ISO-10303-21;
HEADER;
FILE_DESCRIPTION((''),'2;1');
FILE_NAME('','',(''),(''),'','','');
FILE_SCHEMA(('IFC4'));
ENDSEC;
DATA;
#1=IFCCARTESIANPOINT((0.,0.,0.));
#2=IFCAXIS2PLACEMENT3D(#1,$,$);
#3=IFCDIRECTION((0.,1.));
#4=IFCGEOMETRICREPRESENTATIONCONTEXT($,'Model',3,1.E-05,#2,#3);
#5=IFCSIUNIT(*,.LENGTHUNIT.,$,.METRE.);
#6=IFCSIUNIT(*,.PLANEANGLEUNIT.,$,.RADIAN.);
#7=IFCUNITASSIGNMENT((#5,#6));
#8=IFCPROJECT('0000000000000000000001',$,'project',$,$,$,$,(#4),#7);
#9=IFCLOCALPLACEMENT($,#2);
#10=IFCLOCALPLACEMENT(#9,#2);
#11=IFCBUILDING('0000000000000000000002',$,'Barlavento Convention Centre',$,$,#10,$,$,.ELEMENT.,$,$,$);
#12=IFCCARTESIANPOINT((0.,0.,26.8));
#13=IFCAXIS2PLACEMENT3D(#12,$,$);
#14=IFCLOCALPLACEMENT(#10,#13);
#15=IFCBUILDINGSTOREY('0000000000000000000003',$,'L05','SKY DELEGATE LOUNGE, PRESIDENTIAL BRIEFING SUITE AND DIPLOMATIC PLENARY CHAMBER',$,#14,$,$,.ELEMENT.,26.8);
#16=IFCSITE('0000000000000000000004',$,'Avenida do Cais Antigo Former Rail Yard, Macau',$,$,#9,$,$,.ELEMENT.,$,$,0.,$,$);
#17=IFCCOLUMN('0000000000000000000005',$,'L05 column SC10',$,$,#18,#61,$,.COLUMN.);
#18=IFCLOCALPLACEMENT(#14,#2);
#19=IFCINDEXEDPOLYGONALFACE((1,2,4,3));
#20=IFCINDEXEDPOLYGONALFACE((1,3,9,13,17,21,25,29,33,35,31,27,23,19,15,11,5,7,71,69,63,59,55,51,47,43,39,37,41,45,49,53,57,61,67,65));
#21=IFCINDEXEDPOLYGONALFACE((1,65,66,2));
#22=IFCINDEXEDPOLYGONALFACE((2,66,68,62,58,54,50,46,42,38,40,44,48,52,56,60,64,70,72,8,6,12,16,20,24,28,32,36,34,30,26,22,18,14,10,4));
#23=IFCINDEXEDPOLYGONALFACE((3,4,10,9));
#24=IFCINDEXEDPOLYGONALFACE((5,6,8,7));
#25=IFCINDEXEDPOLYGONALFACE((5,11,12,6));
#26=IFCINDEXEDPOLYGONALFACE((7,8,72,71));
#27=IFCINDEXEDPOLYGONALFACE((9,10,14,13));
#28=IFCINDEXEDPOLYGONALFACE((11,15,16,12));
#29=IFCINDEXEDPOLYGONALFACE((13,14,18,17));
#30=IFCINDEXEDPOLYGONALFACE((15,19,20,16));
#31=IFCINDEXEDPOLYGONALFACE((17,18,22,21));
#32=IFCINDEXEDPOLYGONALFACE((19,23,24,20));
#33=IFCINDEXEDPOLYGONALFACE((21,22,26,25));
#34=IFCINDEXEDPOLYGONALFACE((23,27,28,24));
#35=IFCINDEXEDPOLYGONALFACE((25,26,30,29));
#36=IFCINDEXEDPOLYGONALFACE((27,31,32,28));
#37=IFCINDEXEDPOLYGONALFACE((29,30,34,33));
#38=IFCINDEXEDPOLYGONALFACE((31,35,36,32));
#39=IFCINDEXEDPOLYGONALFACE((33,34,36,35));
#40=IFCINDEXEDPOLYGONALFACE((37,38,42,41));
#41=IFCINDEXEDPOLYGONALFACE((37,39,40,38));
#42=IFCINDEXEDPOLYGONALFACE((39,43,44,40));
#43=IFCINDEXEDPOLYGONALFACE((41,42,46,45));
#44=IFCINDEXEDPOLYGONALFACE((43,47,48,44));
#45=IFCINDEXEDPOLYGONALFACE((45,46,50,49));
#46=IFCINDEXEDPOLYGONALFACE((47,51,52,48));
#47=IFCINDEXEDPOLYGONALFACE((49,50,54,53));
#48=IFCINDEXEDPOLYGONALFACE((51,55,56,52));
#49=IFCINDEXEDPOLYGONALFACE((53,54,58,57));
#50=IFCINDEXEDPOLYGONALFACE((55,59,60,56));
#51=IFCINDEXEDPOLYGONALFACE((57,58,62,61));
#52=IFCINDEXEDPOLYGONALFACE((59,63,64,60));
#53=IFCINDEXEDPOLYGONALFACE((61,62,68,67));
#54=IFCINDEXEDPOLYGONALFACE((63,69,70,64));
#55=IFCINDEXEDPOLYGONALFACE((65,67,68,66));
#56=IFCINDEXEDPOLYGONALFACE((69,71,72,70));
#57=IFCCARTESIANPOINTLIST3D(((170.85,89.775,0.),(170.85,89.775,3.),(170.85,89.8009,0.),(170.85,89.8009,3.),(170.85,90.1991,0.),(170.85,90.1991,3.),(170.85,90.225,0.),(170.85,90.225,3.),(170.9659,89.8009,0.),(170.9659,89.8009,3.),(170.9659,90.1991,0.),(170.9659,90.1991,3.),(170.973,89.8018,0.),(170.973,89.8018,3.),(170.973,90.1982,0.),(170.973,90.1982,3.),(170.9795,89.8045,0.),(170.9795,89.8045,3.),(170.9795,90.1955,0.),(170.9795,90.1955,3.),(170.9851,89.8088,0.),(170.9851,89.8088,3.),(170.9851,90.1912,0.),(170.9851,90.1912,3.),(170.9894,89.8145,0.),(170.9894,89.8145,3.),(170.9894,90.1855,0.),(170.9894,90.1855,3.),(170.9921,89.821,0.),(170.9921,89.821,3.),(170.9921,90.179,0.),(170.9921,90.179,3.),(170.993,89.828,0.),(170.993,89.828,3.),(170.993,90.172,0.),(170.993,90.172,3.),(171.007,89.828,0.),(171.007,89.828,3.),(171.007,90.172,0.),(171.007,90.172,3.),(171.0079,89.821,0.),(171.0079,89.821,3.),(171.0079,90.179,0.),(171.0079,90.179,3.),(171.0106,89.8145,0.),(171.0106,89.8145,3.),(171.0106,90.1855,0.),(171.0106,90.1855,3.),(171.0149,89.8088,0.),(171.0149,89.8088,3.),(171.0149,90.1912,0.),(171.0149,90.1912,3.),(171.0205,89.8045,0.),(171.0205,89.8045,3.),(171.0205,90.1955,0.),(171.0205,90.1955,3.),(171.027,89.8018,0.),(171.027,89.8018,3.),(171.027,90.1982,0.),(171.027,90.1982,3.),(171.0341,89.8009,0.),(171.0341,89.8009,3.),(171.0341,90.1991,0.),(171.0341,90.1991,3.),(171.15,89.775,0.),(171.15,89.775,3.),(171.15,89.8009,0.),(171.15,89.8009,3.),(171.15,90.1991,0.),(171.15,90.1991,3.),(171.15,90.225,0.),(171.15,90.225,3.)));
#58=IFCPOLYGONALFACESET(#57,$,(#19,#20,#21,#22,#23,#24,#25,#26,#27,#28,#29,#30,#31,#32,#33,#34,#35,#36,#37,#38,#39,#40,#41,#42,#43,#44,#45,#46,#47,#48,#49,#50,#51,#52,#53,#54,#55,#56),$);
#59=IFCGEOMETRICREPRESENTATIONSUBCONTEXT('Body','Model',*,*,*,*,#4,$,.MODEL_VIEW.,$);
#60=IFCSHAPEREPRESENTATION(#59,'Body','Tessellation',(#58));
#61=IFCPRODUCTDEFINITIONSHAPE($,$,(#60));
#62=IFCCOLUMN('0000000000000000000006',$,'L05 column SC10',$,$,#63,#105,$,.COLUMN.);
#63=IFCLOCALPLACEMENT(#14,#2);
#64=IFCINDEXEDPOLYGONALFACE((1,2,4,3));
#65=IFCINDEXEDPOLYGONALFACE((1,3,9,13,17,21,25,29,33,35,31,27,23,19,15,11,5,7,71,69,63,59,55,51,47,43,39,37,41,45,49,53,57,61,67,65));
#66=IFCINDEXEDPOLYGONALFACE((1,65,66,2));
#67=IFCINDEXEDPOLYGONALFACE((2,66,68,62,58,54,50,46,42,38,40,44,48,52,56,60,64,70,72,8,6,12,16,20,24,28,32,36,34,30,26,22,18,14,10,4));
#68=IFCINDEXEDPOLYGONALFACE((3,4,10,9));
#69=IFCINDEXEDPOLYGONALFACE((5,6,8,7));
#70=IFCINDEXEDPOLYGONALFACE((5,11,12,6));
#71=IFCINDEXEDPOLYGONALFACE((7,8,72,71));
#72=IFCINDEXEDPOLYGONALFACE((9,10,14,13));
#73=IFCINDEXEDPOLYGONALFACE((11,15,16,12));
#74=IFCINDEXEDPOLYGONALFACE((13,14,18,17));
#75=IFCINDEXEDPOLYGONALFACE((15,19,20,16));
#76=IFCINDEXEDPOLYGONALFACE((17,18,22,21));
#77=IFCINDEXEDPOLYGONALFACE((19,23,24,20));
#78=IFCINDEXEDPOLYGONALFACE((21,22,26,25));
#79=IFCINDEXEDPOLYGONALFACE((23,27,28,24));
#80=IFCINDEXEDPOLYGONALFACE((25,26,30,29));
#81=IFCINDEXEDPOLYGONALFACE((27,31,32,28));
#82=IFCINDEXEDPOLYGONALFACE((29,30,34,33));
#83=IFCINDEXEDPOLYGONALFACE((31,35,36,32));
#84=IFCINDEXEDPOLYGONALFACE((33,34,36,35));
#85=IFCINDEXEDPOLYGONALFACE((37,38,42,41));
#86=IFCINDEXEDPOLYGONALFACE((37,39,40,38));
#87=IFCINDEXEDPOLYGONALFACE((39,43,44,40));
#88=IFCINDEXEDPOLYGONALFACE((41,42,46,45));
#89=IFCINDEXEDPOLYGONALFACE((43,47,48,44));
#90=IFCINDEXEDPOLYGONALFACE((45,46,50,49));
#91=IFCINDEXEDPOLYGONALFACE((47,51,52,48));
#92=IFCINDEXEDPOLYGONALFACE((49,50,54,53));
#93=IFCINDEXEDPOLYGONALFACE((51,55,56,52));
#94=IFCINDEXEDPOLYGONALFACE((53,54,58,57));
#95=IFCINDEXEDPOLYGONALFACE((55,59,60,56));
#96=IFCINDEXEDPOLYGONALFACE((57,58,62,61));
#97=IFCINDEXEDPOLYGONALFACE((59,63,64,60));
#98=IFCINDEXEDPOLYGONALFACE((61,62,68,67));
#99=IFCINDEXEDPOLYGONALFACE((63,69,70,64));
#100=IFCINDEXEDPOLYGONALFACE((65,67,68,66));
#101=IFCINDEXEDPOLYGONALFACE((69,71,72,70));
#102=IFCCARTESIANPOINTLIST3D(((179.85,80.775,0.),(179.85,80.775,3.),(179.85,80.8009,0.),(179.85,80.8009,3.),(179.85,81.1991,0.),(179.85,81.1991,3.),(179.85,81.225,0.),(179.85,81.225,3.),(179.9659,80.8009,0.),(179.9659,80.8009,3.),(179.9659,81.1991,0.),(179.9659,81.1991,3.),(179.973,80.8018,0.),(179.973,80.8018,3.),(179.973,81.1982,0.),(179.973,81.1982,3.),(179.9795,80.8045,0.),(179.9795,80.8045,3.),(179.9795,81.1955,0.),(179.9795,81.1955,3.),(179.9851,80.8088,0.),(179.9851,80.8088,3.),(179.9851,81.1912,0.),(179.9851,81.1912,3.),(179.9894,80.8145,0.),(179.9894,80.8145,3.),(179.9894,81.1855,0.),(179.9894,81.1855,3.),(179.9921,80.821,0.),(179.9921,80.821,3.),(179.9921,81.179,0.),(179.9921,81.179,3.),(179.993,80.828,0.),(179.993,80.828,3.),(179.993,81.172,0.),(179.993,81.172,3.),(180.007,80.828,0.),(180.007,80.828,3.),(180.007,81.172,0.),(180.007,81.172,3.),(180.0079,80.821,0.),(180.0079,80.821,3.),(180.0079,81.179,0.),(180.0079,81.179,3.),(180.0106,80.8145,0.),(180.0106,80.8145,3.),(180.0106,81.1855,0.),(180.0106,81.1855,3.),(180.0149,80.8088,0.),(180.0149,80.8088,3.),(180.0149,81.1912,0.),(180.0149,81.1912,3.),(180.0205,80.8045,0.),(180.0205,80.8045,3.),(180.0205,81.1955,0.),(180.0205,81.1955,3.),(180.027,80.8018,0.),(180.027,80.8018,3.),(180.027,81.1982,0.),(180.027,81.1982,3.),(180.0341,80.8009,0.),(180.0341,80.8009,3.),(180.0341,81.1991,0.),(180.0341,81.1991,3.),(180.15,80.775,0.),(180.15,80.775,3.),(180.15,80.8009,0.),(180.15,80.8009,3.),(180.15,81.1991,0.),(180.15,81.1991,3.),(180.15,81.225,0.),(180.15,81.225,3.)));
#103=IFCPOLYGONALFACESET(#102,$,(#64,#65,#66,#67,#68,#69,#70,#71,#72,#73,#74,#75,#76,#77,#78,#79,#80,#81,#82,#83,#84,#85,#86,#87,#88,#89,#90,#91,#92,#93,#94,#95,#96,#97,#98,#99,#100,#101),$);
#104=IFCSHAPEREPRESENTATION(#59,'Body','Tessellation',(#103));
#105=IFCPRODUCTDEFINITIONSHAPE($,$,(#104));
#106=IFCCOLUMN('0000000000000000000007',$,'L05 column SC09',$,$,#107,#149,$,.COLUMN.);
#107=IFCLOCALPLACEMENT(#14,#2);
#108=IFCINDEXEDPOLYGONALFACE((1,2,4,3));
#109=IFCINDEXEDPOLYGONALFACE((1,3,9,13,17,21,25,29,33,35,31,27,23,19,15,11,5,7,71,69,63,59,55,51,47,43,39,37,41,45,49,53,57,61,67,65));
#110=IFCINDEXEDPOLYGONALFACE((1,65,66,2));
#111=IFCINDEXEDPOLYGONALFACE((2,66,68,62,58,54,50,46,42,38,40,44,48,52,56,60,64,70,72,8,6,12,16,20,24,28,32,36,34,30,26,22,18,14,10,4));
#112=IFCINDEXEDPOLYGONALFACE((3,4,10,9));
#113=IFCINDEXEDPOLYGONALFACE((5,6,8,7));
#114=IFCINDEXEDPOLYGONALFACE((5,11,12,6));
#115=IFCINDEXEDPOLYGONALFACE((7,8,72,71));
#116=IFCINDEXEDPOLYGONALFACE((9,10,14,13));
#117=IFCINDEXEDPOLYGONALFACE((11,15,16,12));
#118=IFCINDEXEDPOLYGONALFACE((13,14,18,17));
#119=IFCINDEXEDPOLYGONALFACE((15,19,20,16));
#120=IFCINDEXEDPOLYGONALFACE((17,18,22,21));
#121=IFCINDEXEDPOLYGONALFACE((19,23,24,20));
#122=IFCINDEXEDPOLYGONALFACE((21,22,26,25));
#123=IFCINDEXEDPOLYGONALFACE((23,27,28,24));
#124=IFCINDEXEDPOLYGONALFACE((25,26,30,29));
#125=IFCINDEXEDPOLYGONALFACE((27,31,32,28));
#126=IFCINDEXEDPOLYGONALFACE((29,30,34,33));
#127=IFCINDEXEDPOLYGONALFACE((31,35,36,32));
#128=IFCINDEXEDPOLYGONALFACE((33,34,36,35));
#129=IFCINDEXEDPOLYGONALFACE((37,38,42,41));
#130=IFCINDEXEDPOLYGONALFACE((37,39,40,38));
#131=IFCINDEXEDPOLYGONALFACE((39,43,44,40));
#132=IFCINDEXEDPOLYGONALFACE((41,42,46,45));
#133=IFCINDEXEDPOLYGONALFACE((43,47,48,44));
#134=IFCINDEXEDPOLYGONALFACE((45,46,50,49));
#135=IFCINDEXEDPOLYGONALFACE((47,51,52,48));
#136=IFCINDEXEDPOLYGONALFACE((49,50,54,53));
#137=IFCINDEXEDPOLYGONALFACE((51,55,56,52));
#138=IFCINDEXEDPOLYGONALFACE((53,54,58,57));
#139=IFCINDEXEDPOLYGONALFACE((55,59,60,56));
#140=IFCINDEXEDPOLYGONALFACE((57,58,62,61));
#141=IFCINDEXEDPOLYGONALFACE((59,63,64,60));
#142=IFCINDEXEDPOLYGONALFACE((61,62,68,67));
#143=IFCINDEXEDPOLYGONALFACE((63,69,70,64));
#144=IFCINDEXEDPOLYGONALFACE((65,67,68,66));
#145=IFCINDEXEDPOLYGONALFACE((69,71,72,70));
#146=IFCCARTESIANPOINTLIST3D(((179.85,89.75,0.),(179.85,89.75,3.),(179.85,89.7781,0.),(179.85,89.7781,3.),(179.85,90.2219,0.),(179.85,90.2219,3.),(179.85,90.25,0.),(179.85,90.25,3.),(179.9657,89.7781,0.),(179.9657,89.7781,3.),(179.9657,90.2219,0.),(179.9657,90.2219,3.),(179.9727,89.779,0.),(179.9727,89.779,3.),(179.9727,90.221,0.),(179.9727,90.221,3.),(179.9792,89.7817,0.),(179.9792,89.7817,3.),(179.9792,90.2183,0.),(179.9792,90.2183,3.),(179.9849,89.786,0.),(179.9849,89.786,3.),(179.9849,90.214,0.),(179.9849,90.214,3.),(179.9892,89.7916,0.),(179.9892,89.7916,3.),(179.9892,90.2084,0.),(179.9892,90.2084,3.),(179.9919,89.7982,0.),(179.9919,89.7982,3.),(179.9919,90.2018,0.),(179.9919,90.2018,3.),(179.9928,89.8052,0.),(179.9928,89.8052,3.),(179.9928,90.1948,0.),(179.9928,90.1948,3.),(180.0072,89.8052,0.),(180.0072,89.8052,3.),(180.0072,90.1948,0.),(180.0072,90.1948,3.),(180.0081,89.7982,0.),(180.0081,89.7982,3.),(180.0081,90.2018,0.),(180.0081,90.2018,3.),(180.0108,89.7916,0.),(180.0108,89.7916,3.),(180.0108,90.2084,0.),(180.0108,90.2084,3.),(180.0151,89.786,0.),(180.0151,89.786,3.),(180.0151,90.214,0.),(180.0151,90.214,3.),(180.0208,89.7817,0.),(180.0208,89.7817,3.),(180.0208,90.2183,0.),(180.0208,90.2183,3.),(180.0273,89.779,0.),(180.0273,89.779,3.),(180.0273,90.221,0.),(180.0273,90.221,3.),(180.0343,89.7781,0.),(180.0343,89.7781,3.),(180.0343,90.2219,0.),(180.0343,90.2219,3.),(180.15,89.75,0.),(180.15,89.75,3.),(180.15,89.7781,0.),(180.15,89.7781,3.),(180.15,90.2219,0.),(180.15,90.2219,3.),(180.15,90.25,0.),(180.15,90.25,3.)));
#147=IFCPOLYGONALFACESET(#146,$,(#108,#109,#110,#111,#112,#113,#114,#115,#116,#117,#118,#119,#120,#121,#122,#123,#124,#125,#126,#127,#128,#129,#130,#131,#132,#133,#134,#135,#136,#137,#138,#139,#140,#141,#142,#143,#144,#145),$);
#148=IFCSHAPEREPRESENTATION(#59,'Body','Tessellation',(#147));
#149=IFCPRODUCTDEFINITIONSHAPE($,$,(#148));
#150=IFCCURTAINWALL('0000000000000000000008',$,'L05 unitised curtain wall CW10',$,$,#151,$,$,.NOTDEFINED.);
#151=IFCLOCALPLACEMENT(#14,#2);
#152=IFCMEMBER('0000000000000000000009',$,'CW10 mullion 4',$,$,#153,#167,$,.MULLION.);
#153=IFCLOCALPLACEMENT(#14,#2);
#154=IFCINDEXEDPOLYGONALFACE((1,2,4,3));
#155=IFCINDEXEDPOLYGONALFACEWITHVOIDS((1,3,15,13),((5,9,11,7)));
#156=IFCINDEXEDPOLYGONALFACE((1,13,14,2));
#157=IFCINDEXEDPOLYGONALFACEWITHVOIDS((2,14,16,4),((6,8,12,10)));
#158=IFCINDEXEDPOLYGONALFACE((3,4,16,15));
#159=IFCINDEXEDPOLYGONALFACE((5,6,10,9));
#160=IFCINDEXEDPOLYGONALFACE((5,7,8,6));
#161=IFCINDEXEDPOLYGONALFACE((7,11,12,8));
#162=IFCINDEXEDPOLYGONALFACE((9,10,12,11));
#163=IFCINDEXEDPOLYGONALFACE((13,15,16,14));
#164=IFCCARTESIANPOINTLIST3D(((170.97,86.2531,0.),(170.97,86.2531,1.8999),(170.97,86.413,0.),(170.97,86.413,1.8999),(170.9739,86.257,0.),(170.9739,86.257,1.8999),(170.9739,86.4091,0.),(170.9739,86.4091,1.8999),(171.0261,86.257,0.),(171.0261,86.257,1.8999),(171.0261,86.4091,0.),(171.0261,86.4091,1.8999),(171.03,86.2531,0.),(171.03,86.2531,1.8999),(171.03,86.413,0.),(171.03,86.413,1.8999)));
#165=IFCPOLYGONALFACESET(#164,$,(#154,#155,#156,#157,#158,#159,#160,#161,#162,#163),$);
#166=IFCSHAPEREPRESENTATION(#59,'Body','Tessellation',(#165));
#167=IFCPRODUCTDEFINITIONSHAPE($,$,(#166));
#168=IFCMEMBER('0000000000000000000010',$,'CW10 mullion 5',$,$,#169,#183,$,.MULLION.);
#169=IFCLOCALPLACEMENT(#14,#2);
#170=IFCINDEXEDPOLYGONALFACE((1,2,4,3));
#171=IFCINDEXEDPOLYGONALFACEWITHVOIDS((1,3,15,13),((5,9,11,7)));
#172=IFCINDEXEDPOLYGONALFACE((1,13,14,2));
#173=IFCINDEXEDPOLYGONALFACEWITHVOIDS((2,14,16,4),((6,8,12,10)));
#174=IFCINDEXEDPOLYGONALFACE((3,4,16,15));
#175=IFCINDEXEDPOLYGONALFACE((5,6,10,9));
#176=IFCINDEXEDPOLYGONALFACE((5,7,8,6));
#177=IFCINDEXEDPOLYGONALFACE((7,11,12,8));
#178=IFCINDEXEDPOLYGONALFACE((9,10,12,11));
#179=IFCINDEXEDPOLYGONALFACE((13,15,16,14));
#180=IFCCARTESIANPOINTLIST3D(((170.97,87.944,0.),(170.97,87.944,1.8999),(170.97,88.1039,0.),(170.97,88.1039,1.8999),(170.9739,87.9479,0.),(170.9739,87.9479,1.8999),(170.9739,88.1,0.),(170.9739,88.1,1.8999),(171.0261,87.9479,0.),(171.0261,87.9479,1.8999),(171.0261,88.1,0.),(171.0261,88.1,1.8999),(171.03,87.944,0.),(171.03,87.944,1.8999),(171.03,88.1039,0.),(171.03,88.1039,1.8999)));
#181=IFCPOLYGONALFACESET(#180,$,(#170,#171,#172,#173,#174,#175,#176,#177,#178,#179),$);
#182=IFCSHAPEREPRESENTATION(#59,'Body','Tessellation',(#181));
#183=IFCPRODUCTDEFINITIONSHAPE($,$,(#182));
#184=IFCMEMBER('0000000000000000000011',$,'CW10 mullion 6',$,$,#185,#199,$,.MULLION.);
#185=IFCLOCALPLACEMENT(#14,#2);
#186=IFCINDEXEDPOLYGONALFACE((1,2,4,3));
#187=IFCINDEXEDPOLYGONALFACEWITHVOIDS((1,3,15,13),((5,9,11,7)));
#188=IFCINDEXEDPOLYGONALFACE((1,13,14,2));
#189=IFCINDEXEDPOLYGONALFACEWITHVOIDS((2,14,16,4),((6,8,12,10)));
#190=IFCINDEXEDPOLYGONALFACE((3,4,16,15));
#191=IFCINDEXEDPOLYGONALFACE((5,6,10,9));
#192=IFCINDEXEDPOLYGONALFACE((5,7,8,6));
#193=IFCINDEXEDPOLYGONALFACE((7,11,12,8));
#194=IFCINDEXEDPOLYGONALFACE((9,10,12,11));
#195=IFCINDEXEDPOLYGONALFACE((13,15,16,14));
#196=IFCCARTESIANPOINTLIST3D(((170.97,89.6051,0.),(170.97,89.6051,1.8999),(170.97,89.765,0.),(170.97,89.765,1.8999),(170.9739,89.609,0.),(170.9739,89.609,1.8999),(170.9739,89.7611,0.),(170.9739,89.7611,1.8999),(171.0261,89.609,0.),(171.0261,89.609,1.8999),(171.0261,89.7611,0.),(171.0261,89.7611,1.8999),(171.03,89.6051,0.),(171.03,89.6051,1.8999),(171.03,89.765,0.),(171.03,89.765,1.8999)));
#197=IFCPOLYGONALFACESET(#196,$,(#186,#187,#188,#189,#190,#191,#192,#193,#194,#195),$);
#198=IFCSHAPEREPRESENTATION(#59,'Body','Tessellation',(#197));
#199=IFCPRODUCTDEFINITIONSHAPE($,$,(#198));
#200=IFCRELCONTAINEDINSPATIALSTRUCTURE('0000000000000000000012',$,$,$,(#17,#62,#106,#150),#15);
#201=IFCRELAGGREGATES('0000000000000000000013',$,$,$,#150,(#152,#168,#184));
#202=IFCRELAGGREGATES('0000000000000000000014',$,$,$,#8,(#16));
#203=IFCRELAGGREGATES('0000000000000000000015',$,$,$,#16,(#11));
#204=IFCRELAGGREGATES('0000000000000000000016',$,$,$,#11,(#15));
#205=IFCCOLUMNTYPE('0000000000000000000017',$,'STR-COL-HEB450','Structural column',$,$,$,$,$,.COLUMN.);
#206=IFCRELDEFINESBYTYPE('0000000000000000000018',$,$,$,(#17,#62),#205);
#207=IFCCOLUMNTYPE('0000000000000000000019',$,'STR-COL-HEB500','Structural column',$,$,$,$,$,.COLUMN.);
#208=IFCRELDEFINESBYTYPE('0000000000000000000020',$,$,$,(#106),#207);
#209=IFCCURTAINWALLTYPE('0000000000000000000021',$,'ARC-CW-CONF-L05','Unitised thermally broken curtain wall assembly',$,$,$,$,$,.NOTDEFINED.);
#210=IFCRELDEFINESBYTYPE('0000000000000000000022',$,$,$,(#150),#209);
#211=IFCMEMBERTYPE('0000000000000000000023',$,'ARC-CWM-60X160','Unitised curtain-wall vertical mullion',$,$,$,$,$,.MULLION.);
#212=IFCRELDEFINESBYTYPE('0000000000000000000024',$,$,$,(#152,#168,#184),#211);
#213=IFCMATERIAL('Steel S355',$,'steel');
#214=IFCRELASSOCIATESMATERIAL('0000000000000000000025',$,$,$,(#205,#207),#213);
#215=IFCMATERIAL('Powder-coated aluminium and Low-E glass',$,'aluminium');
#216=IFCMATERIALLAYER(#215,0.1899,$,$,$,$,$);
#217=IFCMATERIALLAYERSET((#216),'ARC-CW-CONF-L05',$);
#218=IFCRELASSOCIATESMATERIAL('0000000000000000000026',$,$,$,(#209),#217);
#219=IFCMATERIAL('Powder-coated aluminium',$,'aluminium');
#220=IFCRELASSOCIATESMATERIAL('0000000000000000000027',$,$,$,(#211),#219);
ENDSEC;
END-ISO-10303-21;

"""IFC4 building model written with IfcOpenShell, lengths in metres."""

from ifc_helpers import new_model, si_unit, direction, frame, origin, origin_2d, place, context, subcontext, project, spatial, hollow_rectangle, i_section, extrude, material, layer, layer_set, material_profile, profile_set, type_object, element, aggregate, save


model = new_model("IFC4")

# Units and contexts
model_context = context("Model", 3, precision=1e-05, world=origin(), true_north=direction((0.0, 1.0)))
body_context = subcontext(model_context, "Body", "Model", "MODEL_VIEW")
ifc_project = project(units=[si_unit("LENGTHUNIT", "METRE"), si_unit("PLANEANGLEUNIT", "RADIAN")], contexts=[model_context])

# Site, building, storey
site_placement = place(None, origin())
site = spatial("IfcSite", under=ifc_project, at=site_placement, Name="Avenida do Cais Antigo Former Rail Yard, Macau", CompositionType="ELEMENT", RefElevation=0.0)
building_placement = place(site_placement, origin())
building = spatial("IfcBuilding", under=site, at=building_placement, Name="Barlavento Convention Centre", CompositionType="ELEMENT")
storey_placement = place(building_placement, frame((0.0, 0.0, 26.8)))
storey = spatial("IfcBuildingStorey", under=building, at=storey_placement, Name="L05", Description="SKY DELEGATE LOUNGE, PRESIDENTIAL BRIEFING SUITE AND DIPLOMATIC PLENARY CHAMBER", CompositionType="ELEMENT", Elevation=26.8)

# Columns
ifc_material_1 = material(Name="Steel S355", Category="steel")
ifc_material_profile_1 = material_profile(ifc_material_1, i_section(OverallWidth=0.3, OverallDepth=0.45, WebThickness=0.0139, FlangeThickness=0.0259, FilletRadius=0.0271, at=origin_2d()), Name="HEB 450")
ifc_profile_set_1 = profile_set([ifc_material_profile_1], Name="Steel S355")
column_type_1 = type_object("IfcColumnType", Name="STR-COL-HEB450", Description="Structural column", PredefinedType="COLUMN", material=ifc_profile_set_1)
for number, where, z_axis, x_axis, name in (
    (1, (171.0, 90.0, 0.0), (0.0, 0.0, 1.0), (1.0, 0.0, 0.0), "L05 column SC10"),
    (2, (180.0, 81.0, 0.0), (0.0, 0.0, 1.0), (1.0, 0.0, 0.0), "L05 column SC10"),
):
    element("IfcColumn", number, at=place(storey_placement, frame(where, z_axis=z_axis, x_axis=x_axis)), inside=storey, type_object=column_type_1, Name=name, PredefinedType="COLUMN", context=body_context, shape_type="SweptSolid", body=[
        extrude(i_section(OverallWidth=0.3, OverallDepth=0.45, WebThickness=0.0139, FlangeThickness=0.0259, FilletRadius=0.0271, at=origin_2d()), origin(), (0.0, 0.0, 1.0), 3.0),
    ])
ifc_material_profile_2 = material_profile(ifc_material_1, i_section(OverallWidth=0.3, OverallDepth=0.5, WebThickness=0.0144, FlangeThickness=0.0281, FilletRadius=0.0271, at=origin_2d()), Name="HEB 500")
ifc_profile_set_2 = profile_set([ifc_material_profile_2], Name="Steel S355")
column_type_2 = type_object("IfcColumnType", Name="STR-COL-HEB500", Description="Structural column", PredefinedType="COLUMN", material=ifc_profile_set_2)
column_placement = place(storey_placement, frame((180.0, 90.0, 0.0), z_axis=(0.0, 0.0, 1.0), x_axis=(1.0, 0.0, 0.0)))
element("IfcColumn", 3, at=column_placement, inside=storey, type_object=column_type_2, Name="L05 column SC09", PredefinedType="COLUMN", context=body_context, shape_type="SweptSolid", body=[
    extrude(i_section(OverallWidth=0.3, OverallDepth=0.5, WebThickness=0.0144, FlangeThickness=0.0281, FilletRadius=0.0271, at=origin_2d()), origin(), (0.0, 0.0, 1.0), 3.0),
])

# Curtain wall, members
ifc_material_2 = material(Name="Powder-coated aluminium and Low-E glass", Category="aluminium")
ifc_layer_1 = layer(ifc_material_2, 0.1899)
ifc_layer_set_1 = layer_set([ifc_layer_1], Name="ARC-CW-CONF-L05")
curtain_wall_type = type_object("IfcCurtainWallType", Name="ARC-CW-CONF-L05", Description="Unitised thermally broken curtain wall assembly", PredefinedType="NOTDEFINED", material=ifc_layer_set_1)
curtain_wall_placement = place(storey_placement, origin())
curtain_wall = element("IfcCurtainWall", 4, at=curtain_wall_placement, inside=storey, type_object=curtain_wall_type, Name="L05 unitised curtain wall CW10", PredefinedType="NOTDEFINED")
ifc_material_3 = material(Name="Powder-coated aluminium", Category="aluminium")
ifc_material_profile_3 = material_profile(ifc_material_3, hollow_rectangle(XDim=0.0601, YDim=0.1599, WallThickness=0.0039, at=origin_2d()), Name="AL-MULL 60x160x4")
ifc_profile_set_3 = profile_set([ifc_material_profile_3], Name="Powder-coated aluminium")
member_type_1 = type_object("IfcMemberType", Name="ARC-CWM-60X160", Description="Unitised curtain-wall vertical mullion", PredefinedType="MULLION", material=ifc_profile_set_3)
member_1_placement = place(storey_placement, frame((171.0, 86.333, 0.0), z_axis=(0.0, 0.0, 1.0), x_axis=(-1.0, 0.0, 0.0)))
member_1 = element("IfcMember", 5, at=member_1_placement, type_object=member_type_1, Name="CW10 mullion 4", PredefinedType="MULLION", context=body_context, shape_type="SweptSolid", body=[
    extrude(hollow_rectangle(XDim=0.0601, YDim=0.1599, WallThickness=0.0039, at=origin_2d()), origin(), (0.0, 0.0, 1.0), 1.8999),
])
member_2_placement = place(storey_placement, frame((171.0, 88.0239, 0.0), z_axis=(0.0, 0.0, 1.0), x_axis=(-1.0, 0.0, 0.0)))
member_2 = element("IfcMember", 6, at=member_2_placement, type_object=member_type_1, Name="CW10 mullion 5", PredefinedType="MULLION", context=body_context, shape_type="SweptSolid", body=[
    extrude(hollow_rectangle(XDim=0.0601, YDim=0.1599, WallThickness=0.0039, at=origin_2d()), origin(), (0.0, 0.0, 1.0), 1.8999),
])
member_3_placement = place(storey_placement, frame((171.0, 89.6851, 0.0), z_axis=(0.0, 0.0, 1.0), x_axis=(-1.0, 0.0, 0.0)))
member_3 = element("IfcMember", 7, at=member_3_placement, type_object=member_type_1, Name="CW10 mullion 6", PredefinedType="MULLION", context=body_context, shape_type="SweptSolid", body=[
    extrude(hollow_rectangle(XDim=0.0601, YDim=0.1599, WallThickness=0.0039, at=origin_2d()), origin(), (0.0, 0.0, 1.0), 1.8999),
])

aggregate(curtain_wall, [member_1, member_2, member_3])

save(model, "model.ifc")
